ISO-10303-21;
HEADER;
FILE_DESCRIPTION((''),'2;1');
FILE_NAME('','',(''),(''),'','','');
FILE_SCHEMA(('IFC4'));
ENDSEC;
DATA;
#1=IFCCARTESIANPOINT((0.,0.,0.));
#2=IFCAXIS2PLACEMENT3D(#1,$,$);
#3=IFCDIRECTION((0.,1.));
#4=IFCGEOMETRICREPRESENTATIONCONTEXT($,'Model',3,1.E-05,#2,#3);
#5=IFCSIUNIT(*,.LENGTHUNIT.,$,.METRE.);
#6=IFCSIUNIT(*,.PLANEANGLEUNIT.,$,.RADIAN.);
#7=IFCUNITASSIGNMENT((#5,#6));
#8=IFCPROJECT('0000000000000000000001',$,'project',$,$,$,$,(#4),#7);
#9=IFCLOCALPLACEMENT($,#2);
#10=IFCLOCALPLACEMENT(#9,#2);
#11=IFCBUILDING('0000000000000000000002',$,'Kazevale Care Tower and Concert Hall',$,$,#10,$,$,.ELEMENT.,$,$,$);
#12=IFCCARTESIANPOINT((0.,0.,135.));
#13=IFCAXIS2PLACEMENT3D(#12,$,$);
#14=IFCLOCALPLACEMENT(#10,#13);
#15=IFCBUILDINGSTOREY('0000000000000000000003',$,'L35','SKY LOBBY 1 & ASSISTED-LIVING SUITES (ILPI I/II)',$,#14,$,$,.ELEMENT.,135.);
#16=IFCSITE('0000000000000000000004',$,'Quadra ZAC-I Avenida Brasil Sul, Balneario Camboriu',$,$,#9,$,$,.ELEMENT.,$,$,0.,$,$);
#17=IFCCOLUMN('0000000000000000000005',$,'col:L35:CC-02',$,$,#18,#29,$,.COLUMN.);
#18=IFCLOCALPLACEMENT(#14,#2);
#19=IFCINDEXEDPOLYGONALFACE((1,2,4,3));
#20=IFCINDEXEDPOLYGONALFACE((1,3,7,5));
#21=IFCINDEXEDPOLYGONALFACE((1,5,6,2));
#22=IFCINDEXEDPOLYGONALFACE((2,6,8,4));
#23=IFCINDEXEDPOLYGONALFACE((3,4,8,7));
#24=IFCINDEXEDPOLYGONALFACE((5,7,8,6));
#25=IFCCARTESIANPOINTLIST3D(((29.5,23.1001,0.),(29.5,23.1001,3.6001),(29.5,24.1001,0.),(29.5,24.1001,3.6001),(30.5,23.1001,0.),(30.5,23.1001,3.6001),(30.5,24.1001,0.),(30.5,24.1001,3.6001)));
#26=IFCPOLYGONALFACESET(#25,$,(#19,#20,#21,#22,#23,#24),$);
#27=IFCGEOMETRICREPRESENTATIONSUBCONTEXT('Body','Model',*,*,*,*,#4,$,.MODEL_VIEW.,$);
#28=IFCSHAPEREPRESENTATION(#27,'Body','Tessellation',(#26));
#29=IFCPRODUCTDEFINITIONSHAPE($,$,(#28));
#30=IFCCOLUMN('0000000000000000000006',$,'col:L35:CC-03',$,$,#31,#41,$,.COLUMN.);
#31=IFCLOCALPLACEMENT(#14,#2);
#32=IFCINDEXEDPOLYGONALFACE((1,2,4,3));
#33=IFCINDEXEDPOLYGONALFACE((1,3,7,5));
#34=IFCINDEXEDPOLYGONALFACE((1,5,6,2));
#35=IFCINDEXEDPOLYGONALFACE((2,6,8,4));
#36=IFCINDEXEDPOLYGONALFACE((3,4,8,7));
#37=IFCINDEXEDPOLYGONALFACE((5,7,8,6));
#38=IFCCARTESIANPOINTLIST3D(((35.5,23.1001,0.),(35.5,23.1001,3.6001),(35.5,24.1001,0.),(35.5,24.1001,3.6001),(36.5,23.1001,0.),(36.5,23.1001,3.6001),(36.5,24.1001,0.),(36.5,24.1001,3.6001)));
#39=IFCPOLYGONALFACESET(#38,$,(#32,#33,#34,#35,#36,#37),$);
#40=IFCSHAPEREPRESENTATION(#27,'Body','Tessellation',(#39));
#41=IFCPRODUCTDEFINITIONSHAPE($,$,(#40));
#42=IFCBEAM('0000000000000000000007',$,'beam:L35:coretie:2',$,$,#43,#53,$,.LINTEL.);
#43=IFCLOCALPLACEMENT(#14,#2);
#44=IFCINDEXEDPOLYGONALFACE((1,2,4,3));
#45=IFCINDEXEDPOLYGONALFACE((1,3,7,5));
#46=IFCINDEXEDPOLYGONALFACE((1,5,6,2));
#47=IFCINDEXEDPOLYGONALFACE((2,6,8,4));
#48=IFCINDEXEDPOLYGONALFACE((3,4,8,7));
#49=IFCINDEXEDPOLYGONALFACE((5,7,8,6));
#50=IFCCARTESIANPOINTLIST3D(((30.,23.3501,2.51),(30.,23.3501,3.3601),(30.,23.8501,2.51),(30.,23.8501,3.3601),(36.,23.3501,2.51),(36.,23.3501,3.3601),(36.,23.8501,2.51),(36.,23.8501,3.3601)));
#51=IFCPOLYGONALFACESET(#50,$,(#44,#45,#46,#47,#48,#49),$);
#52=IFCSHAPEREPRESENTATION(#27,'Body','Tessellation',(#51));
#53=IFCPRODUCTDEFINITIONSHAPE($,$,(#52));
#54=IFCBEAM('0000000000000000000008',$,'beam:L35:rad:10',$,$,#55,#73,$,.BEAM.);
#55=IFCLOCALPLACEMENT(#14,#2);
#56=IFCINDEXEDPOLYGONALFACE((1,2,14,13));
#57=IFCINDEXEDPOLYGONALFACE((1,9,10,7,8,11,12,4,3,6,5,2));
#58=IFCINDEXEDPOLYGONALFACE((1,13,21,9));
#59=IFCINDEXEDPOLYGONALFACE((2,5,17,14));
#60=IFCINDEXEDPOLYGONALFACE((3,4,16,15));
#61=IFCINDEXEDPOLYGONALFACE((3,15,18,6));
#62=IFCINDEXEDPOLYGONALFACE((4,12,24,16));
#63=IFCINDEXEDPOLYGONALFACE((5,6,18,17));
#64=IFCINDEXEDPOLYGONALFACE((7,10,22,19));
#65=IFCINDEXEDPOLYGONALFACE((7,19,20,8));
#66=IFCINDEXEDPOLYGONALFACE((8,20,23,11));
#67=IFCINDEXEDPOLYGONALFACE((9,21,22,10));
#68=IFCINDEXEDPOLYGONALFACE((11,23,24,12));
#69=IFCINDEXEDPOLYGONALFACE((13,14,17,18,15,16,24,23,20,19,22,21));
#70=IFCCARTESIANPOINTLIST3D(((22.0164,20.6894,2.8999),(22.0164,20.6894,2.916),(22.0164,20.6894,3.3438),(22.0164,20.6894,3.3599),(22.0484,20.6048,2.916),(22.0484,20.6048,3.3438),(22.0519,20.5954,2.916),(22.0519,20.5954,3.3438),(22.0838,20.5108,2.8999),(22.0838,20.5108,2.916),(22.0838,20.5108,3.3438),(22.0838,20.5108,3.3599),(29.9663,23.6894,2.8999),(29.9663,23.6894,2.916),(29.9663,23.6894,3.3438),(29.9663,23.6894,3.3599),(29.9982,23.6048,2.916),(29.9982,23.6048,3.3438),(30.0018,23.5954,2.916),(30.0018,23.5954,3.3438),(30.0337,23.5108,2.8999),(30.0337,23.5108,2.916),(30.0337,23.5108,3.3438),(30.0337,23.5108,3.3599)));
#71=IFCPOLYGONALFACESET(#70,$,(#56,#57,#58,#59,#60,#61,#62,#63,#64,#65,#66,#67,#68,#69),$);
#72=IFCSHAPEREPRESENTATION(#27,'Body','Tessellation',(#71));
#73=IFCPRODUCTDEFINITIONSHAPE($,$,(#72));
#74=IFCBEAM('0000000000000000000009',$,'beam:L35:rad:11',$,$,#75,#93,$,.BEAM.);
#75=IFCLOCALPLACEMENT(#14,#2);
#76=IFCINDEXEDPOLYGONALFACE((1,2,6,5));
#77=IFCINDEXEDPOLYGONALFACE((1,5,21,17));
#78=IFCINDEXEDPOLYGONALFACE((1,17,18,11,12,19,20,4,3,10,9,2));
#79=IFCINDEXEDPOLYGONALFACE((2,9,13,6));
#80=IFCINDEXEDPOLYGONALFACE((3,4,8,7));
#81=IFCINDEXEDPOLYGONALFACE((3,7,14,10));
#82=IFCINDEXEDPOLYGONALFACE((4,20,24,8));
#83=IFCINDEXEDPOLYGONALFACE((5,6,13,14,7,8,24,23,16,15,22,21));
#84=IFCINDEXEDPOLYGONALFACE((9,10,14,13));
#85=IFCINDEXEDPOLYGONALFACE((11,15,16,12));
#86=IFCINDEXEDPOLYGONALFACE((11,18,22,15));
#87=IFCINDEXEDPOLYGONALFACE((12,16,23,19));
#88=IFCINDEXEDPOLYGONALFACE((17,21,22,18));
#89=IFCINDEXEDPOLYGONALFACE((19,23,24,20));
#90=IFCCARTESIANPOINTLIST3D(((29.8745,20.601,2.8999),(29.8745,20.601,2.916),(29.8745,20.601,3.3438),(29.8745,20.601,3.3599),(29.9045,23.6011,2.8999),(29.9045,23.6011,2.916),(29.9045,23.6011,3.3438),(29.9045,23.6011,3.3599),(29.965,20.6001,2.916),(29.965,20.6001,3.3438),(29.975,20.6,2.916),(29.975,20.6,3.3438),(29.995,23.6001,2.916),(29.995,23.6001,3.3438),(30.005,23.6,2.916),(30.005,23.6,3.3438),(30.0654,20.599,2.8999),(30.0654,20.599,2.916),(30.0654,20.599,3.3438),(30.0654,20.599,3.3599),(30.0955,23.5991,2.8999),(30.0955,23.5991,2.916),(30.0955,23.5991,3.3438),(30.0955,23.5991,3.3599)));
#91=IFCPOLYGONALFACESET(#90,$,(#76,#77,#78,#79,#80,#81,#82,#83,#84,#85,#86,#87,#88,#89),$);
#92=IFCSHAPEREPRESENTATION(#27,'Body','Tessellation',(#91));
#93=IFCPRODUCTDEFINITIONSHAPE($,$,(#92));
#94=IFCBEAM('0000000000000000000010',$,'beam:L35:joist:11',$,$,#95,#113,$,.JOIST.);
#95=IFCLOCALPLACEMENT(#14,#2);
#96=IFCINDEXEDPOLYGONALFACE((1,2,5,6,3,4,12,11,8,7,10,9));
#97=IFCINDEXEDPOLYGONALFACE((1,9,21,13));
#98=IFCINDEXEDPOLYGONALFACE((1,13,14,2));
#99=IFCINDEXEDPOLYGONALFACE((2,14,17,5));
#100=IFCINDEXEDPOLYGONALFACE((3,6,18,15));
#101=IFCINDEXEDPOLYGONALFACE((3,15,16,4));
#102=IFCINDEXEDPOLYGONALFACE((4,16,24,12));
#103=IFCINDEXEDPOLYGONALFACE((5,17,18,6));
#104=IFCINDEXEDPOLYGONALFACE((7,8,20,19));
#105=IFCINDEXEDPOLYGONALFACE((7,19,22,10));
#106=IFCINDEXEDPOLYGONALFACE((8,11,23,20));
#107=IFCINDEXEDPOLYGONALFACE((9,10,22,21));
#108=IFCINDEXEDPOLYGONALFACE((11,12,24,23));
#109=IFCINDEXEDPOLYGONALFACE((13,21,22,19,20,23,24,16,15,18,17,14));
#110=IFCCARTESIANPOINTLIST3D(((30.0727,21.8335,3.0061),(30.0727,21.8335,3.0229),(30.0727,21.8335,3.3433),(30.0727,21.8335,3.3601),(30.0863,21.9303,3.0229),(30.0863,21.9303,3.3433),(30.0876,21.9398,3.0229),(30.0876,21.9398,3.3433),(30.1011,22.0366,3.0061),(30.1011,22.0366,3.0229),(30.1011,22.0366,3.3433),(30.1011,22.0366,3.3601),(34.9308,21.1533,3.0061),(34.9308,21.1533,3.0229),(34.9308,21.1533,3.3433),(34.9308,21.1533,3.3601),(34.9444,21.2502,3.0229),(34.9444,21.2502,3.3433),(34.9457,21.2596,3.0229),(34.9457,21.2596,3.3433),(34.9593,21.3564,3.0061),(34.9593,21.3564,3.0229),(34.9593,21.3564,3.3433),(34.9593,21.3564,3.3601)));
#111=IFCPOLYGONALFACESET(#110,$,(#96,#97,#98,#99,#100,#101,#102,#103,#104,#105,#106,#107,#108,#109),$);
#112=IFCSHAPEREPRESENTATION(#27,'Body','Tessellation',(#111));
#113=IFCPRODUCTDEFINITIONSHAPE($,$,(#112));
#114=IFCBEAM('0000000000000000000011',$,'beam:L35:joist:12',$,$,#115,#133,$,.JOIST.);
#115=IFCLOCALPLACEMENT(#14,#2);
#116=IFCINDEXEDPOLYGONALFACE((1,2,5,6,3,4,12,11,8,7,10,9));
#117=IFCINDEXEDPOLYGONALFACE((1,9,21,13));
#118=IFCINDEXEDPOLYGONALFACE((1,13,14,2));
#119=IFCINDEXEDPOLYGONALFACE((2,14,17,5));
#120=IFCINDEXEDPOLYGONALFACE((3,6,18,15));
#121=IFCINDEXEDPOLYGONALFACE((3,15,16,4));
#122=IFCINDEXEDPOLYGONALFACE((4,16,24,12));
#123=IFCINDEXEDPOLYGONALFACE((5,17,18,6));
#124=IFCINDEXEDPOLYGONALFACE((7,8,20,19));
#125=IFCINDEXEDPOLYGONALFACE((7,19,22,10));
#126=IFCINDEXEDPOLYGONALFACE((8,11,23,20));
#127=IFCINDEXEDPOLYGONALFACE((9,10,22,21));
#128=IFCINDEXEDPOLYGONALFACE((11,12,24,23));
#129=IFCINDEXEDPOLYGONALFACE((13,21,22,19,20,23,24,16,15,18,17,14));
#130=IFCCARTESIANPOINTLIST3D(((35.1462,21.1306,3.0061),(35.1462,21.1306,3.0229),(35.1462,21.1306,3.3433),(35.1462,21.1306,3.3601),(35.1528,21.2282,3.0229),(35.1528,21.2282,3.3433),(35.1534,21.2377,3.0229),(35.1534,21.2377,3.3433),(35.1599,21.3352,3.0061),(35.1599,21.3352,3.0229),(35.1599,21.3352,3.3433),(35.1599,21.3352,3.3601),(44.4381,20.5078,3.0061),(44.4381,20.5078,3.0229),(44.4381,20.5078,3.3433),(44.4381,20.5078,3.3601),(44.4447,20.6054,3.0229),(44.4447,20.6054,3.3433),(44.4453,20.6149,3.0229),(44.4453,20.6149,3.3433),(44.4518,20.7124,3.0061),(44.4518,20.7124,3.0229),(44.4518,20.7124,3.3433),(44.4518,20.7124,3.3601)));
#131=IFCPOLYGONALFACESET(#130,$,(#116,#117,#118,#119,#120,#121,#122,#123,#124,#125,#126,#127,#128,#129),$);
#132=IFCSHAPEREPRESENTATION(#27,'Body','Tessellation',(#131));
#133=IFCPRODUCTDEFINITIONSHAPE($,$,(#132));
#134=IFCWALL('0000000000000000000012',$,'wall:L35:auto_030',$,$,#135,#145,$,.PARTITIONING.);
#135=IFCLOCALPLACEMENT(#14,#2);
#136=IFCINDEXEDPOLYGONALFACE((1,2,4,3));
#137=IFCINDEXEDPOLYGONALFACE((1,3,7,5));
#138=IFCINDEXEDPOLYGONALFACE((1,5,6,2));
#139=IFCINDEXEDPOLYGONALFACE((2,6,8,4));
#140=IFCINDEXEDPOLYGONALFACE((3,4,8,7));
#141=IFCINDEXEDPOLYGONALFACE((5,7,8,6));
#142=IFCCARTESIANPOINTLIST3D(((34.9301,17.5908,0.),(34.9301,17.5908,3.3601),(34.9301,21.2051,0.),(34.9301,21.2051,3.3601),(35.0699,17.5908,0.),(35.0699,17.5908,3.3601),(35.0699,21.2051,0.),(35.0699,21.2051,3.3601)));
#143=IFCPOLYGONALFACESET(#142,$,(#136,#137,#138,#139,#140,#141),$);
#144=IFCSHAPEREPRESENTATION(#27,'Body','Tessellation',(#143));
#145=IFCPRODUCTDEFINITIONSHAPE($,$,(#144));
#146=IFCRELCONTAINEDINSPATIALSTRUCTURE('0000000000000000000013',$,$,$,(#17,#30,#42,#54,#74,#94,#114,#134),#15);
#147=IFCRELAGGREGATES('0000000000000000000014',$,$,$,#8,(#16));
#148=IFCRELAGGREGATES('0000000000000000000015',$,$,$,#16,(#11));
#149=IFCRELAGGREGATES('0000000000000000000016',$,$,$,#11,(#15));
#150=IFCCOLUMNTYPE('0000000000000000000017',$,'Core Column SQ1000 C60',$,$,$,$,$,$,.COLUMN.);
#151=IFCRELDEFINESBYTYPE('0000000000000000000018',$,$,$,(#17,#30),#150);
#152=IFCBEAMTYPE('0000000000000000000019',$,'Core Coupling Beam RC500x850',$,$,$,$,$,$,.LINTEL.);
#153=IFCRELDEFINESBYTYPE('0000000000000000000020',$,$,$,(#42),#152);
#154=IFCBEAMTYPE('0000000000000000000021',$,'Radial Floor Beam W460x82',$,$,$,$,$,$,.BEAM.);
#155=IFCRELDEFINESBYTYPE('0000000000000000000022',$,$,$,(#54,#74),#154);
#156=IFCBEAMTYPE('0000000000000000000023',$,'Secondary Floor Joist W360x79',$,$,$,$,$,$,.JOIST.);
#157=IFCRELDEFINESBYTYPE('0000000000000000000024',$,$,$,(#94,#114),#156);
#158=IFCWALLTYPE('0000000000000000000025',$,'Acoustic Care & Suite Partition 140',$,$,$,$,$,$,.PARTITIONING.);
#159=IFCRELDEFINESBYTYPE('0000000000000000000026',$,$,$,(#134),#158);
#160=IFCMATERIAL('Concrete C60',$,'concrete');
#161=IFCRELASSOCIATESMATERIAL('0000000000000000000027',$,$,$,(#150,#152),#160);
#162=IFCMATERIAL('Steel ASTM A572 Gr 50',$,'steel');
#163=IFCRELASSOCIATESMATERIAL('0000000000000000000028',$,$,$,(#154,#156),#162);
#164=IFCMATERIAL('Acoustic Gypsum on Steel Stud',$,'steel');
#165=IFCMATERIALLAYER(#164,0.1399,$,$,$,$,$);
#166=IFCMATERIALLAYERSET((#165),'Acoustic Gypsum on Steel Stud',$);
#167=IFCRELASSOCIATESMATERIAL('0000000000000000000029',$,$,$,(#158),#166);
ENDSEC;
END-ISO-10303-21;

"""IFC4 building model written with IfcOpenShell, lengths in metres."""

from ifc_helpers import new_model, si_unit, direction, frame, frame_2d, origin, origin_2d, place, context, subcontext, project, spatial, rectangle, i_section, extrude, material, layer, layer_set, material_profile, profile_set, type_object, element, save


model = new_model("IFC4")

# Units and contexts
model_context = context("Model", 3, precision=1e-05, world=origin(), true_north=direction((0.0, 1.0)))
body_context = subcontext(model_context, "Body", "Model", "MODEL_VIEW")
ifc_project = project(units=[si_unit("LENGTHUNIT", "METRE"), si_unit("PLANEANGLEUNIT", "RADIAN")], contexts=[model_context])

# Site, building, storey
site_placement = place(None, origin())
site = spatial("IfcSite", under=ifc_project, at=site_placement, Name="Quadra ZAC-I Avenida Brasil Sul, Balneario Camboriu", CompositionType="ELEMENT", RefElevation=0.0)
building_placement = place(site_placement, origin())
building = spatial("IfcBuilding", under=site, at=building_placement, Name="Kazevale Care Tower and Concert Hall", CompositionType="ELEMENT")
storey_placement = place(building_placement, frame((0.0, 0.0, 135.0)))
storey = spatial("IfcBuildingStorey", under=building, at=storey_placement, Name="L35", Description="SKY LOBBY 1 & ASSISTED-LIVING SUITES (ILPI I/II)", CompositionType="ELEMENT", Elevation=135.0)

# Columns
ifc_material_1 = material(Name="Concrete C60", Category="concrete")
ifc_material_profile_1 = material_profile(ifc_material_1, rectangle(XDim=1.0, YDim=1.0, at=origin_2d()), Name="RC-SQ1000")
ifc_profile_set_1 = profile_set([ifc_material_profile_1], Name="Concrete C60")
column_type = type_object("IfcColumnType", Name="Core Column SQ1000 C60", PredefinedType="COLUMN", material=ifc_profile_set_1)
for number, where, z_axis, x_axis, name in (
    (1, (30.0, 23.6001, 0.0), (0.0, 0.0, 1.0), (1.0, 0.0, 0.0), "col:L35:CC-02"),
    (2, (36.0, 23.6001, 0.0), (0.0, 0.0, 1.0), (1.0, 0.0, 0.0), "col:L35:CC-03"),
):
    element("IfcColumn", number, at=place(storey_placement, frame(where, z_axis=z_axis, x_axis=x_axis)), inside=storey, type_object=column_type, Name=name, PredefinedType="COLUMN", context=body_context, shape_type="SweptSolid", body=[
        extrude(rectangle(XDim=1.0, YDim=1.0, at=origin_2d()), origin(), (0.0, 0.0, 1.0), 3.6001),
    ])

# Beams
ifc_material_profile_2 = material_profile(ifc_material_1, rectangle(XDim=0.5, YDim=0.8501, at=origin_2d()), Name="RC-B500x850")
ifc_profile_set_2 = profile_set([ifc_material_profile_2], Name="Concrete C60")
beam_type_1 = type_object("IfcBeamType", Name="Core Coupling Beam RC500x850", PredefinedType="LINTEL", material=ifc_profile_set_2)
beam_1_placement = place(storey_placement, frame((30.0, 23.6001, 2.9351), z_axis=(1.0, 0.0, 0.0), x_axis=(0.0, 1.0, 0.0)))
element("IfcBeam", 3, at=beam_1_placement, inside=storey, type_object=beam_type_1, Name="beam:L35:coretie:2", PredefinedType="LINTEL", context=body_context, shape_type="SweptSolid", body=[
    extrude(rectangle(XDim=0.5, YDim=0.8501, at=origin_2d()), origin(), (0.0, 0.0, 1.0), 6.0),
])
ifc_material_2 = material(Name="Steel ASTM A572 Gr 50", Category="steel")
ifc_material_profile_3 = material_profile(ifc_material_2, i_section(OverallWidth=0.1909, OverallDepth=0.46, WebThickness=0.01, FlangeThickness=0.0161, at=origin_2d()), Name="W460x82")
ifc_profile_set_3 = profile_set([ifc_material_profile_3], Name="Steel ASTM A572 Gr 50")
beam_type_2 = type_object("IfcBeamType", Name="Radial Floor Beam W460x82", PredefinedType="BEAM", material=ifc_profile_set_3)
beam_2_placement = place(storey_placement, frame((30.0, 23.6001, 3.1299), z_axis=(-0.935601, -0.353059, 0.0), x_axis=(0.353059, -0.935601, 0.0)))
element("IfcBeam", 4, at=beam_2_placement, inside=storey, type_object=beam_type_2, Name="beam:L35:rad:10", PredefinedType="BEAM", context=body_context, shape_type="SweptSolid", body=[
    extrude(i_section(OverallWidth=0.1909, OverallDepth=0.46, WebThickness=0.01, FlangeThickness=0.0161, at=origin_2d()), origin(), (0.0, 0.0, 1.0), 8.4971),
])
beam_3_placement = place(storey_placement, frame((30.0, 23.6001, 3.1299), z_axis=(-0.010009, -0.99995, 0.0), x_axis=(0.99995, -0.010009, 0.0)))
element("IfcBeam", 5, at=beam_3_placement, inside=storey, type_object=beam_type_2, Name="beam:L35:rad:11", PredefinedType="BEAM", context=body_context, shape_type="SweptSolid", body=[
    extrude(i_section(OverallWidth=0.1909, OverallDepth=0.46, WebThickness=0.01, FlangeThickness=0.0161, at=origin_2d()), origin(), (0.0, 0.0, 1.0), 3.0002),
])
ifc_material_profile_4 = material_profile(ifc_material_2, i_section(OverallWidth=0.2051, OverallDepth=0.354, WebThickness=0.0095, FlangeThickness=0.0168, at=origin_2d()), Name="W360x79")
ifc_profile_set_4 = profile_set([ifc_material_profile_4], Name="Steel ASTM A572 Gr 50")
beam_type_3 = type_object("IfcBeamType", Name="Secondary Floor Joist W360x79", PredefinedType="JOIST", material=ifc_profile_set_4)
beam_4_placement = place(storey_placement, frame((30.0869, 21.9351, 3.1831), z_axis=(0.990341, -0.138655, 0.0), x_axis=(0.138655, 0.990341, 0.0)))
element("IfcBeam", 6, at=beam_4_placement, inside=storey, type_object=beam_type_3, Name="beam:L35:joist:11", PredefinedType="JOIST", context=body_context, shape_type="SweptSolid", body=[
    extrude(i_section(OverallWidth=0.2051, OverallDepth=0.354, WebThickness=0.0095, FlangeThickness=0.0168, at=origin_2d()), origin(), (0.0, 0.0, 1.0), 4.9055),
])
beam_5_placement = place(storey_placement, frame((35.1531, 21.2329, 3.1831), z_axis=(0.997761, -0.066876, 0.0), x_axis=(0.066876, 0.997761, 0.0)))
element("IfcBeam", 7, at=beam_5_placement, inside=storey, type_object=beam_type_3, Name="beam:L35:joist:12", PredefinedType="JOIST", context=body_context, shape_type="SweptSolid", body=[
    extrude(i_section(OverallWidth=0.2051, OverallDepth=0.354, WebThickness=0.0095, FlangeThickness=0.0168, at=origin_2d()), origin(), (0.0, 0.0, 1.0), 9.3127),
])

# Wall
ifc_material_3 = material(Name="Acoustic Gypsum on Steel Stud", Category="steel")
ifc_layer_1 = layer(ifc_material_3, 0.1399)
ifc_layer_set_1 = layer_set([ifc_layer_1], Name="Acoustic Gypsum on Steel Stud")
wall_type_1 = type_object("IfcWallType", Name="Acoustic Care & Suite Partition 140", PredefinedType="PARTITIONING", material=ifc_layer_set_1)
wall_1_placement = place(storey_placement, frame((35.0, 21.2051, 0.0), z_axis=(0.0, 0.0, 1.0), x_axis=(0.0, -1.0, 0.0)))
element("IfcWall", 8, at=wall_1_placement, inside=storey, type_object=wall_type_1, Name="wall:L35:auto_030", PredefinedType="PARTITIONING", context=body_context, shape_type="SweptSolid", body=[
    extrude(rectangle(XDim=3.6143, YDim=0.1399, at=frame_2d((1.8071, 0.0))), origin(), (0.0, 0.0, 1.0), 3.3601),
])

save(model, "model.ifc")
